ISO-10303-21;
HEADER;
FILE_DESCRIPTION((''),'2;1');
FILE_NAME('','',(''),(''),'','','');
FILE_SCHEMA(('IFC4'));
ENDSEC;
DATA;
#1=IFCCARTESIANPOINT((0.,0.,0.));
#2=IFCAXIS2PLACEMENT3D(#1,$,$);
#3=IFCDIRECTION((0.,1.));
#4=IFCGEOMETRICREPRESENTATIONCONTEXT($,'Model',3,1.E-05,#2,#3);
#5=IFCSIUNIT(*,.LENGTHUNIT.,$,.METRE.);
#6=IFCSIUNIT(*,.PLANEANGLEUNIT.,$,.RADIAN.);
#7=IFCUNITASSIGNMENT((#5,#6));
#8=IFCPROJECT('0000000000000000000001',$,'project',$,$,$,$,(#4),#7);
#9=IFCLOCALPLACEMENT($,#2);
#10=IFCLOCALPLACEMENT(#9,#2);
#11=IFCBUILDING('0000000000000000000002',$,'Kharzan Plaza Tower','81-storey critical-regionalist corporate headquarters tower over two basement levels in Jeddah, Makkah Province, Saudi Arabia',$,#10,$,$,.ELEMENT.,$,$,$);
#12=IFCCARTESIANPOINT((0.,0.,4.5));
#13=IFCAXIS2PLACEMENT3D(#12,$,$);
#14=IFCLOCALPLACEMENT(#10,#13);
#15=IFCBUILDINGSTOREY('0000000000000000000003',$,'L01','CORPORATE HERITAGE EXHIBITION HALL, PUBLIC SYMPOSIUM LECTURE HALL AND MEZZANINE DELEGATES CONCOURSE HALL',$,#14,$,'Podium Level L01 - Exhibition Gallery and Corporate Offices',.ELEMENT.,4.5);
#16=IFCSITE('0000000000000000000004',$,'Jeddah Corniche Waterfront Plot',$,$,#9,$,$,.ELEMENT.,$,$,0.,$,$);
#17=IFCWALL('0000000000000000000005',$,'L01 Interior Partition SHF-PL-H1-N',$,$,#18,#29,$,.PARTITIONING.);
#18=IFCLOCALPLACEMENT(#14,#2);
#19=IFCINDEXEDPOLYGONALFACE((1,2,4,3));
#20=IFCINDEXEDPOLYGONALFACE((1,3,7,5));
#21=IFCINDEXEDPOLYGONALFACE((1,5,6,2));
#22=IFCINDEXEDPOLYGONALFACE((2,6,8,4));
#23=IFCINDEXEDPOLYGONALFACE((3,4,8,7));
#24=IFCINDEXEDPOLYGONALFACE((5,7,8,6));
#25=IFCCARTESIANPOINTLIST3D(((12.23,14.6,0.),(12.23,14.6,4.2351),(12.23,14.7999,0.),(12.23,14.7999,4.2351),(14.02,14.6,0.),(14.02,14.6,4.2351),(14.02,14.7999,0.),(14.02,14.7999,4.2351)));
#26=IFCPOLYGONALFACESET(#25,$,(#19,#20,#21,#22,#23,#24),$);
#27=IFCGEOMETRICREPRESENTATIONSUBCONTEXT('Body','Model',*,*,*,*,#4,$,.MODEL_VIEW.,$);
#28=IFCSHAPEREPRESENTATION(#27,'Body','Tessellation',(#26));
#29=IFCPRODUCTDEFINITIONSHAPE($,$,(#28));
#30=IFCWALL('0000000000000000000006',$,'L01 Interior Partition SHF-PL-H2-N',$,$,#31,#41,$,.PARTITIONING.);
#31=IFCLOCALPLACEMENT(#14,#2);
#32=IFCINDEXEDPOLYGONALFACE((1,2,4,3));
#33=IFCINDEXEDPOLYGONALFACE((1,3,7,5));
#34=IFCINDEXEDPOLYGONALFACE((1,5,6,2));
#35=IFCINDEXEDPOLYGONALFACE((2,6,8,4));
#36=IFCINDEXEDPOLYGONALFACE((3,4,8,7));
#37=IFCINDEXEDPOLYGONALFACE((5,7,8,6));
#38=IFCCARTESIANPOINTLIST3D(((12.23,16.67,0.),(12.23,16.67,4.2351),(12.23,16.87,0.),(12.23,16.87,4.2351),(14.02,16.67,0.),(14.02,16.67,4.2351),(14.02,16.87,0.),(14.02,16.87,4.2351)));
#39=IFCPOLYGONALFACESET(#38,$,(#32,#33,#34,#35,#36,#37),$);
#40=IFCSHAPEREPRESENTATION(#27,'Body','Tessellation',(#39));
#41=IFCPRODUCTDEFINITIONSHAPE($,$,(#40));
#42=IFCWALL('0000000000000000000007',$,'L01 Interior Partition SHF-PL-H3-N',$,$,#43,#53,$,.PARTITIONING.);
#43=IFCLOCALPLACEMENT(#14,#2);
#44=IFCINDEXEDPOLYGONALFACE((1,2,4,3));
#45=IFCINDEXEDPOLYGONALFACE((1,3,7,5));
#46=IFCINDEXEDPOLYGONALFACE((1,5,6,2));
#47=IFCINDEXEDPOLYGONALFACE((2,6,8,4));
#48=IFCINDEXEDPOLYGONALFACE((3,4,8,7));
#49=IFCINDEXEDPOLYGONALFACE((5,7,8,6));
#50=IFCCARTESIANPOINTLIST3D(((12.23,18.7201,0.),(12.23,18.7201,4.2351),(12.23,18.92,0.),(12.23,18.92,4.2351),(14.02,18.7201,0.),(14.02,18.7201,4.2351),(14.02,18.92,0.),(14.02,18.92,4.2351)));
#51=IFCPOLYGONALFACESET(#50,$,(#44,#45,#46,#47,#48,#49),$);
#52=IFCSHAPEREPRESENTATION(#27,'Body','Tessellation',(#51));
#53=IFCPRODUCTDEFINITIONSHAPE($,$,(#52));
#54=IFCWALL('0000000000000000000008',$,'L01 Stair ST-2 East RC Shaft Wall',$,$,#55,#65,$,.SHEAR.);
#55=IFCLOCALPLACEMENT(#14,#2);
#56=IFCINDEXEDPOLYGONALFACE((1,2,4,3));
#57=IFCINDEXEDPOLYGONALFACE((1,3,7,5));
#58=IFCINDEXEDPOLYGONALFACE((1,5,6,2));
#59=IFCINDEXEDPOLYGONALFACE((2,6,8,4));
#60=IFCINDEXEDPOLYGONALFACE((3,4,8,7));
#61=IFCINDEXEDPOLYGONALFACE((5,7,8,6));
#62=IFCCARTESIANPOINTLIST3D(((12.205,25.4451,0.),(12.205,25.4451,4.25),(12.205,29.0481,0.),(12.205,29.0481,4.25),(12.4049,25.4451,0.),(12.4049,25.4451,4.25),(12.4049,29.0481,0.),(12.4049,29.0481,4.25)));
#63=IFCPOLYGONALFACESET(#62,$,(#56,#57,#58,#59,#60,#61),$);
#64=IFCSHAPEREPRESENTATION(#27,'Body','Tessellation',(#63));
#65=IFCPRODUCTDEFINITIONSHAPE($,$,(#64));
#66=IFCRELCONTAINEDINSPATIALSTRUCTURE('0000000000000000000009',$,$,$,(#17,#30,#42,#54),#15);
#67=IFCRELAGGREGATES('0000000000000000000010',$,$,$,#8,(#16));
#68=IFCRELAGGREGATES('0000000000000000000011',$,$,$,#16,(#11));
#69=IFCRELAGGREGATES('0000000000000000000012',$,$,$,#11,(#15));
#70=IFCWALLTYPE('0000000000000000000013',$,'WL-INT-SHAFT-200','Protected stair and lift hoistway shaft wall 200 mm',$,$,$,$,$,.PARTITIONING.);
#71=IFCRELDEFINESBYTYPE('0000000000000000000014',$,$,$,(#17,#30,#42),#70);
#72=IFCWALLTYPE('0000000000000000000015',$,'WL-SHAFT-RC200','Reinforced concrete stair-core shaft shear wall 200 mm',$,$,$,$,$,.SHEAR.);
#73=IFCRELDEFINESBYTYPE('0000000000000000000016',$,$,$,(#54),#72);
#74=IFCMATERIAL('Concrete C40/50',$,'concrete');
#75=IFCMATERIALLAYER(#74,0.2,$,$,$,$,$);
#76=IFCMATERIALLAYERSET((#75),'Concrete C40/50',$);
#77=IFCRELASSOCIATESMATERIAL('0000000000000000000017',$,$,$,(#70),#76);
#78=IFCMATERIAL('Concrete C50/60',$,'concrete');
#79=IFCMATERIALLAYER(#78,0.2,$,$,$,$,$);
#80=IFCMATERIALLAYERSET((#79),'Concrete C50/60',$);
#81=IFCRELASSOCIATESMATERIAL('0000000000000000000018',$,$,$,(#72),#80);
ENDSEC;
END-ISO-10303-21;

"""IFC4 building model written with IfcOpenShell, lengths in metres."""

from ifc_helpers import new_model, si_unit, direction, frame, frame_2d, origin, place, context, subcontext, project, spatial, rectangle, extrude, source, transform, mapped, material, layer, layer_set, type_object, element, save


model = new_model("IFC4")

# Units and contexts
model_context = context("Model", 3, precision=1e-05, world=origin(), true_north=direction((0.0, 1.0)))
body_context = subcontext(model_context, "Body", "Model", "MODEL_VIEW")
ifc_project = project(units=[si_unit("LENGTHUNIT", "METRE"), si_unit("PLANEANGLEUNIT", "RADIAN")], contexts=[model_context])

# Site, building, storey
site_placement = place(None, origin())
site = spatial("IfcSite", under=ifc_project, at=site_placement, Name="Jeddah Corniche Waterfront Plot", CompositionType="ELEMENT", RefElevation=0.0)
building_placement = place(site_placement, origin())
building = spatial("IfcBuilding", under=site, at=building_placement, Name="Kharzan Plaza Tower", Description="81-storey critical-regionalist corporate headquarters tower over two basement levels in Jeddah, Makkah Province, Saudi Arabia", CompositionType="ELEMENT")
storey_placement = place(building_placement, frame((0.0, 0.0, 4.5)))
storey = spatial("IfcBuildingStorey", under=building, at=storey_placement, Name="L01", Description="CORPORATE HERITAGE EXHIBITION HALL, PUBLIC SYMPOSIUM LECTURE HALL AND MEZZANINE DELEGATES CONCOURSE HALL", LongName="Podium Level L01 - Exhibition Gallery and Corporate Offices", CompositionType="ELEMENT", Elevation=4.5)

# Shared definitions
ifc_material_1 = material(Name="Concrete C40/50", Category="concrete")
ifc_layer_1 = layer(ifc_material_1, 0.2)
ifc_layer_set_1 = layer_set([ifc_layer_1], Name="Concrete C40/50")
wall_type_1 = type_object("IfcWallType", Name="WL-INT-SHAFT-200", Description="Protected stair and lift hoistway shaft wall 200 mm", PredefinedType="PARTITIONING", material=ifc_layer_set_1)

# Walls
shared_shape_1 = source(origin(), body_context, "Body", "SweptSolid", [
    extrude(rectangle(XDim=1.79, YDim=0.2, at=frame_2d((0.895, 0.0))), origin(), (0.0, 0.0, 1.0), 4.2351),
])
for number, where, z_axis, x_axis, name in (
    (1, (12.23, 14.7, 0.0), (0.0, 0.0, 1.0), (1.0, 0.0, 0.0), "L01 Interior Partition SHF-PL-H1-N"),
    (2, (12.23, 16.77, 0.0), (0.0, 0.0, 1.0), (1.0, 0.0, 0.0), "L01 Interior Partition SHF-PL-H2-N"),
    (3, (12.23, 18.8201, 0.0), (0.0, 0.0, 1.0), (1.0, 0.0, 0.0), "L01 Interior Partition SHF-PL-H3-N"),
):
    element("IfcWall", number, at=place(storey_placement, frame(where, z_axis=z_axis, x_axis=x_axis)), inside=storey, type_object=wall_type_1, Name=name, PredefinedType="PARTITIONING", context=body_context, shape_type="MappedRepresentation", body=[
        mapped(shared_shape_1, transform((0.0, 0.0, 0.0), x_axis=(1.0, 0.0, 0.0), y_axis=(0.0, 1.0, 0.0), z_axis=(0.0, 0.0, 1.0))),
    ])
ifc_material_2 = material(Name="Concrete C50/60", Category="concrete")
ifc_layer_2 = layer(ifc_material_2, 0.2)
ifc_layer_set_2 = layer_set([ifc_layer_2], Name="Concrete C50/60")
wall_type_2 = type_object("IfcWallType", Name="WL-SHAFT-RC200", Description="Reinforced concrete stair-core shaft shear wall 200 mm", PredefinedType="SHEAR", material=ifc_layer_set_2)
shared_shape_2 = source(origin(), body_context, "Body", "SweptSolid", [
    extrude(rectangle(XDim=3.603, YDim=0.2, at=frame_2d((1.8015, 0.0))), origin(), (0.0, 0.0, 1.0), 4.25),
])
wall_1_placement = place(storey_placement, frame((12.3049, 25.4451, 0.0), z_axis=(0.0, 0.0, 1.0), x_axis=(0.0, 1.0, 0.0)))
element("IfcWall", 4, at=wall_1_placement, inside=storey, type_object=wall_type_2, Name="L01 Stair ST-2 East RC Shaft Wall", PredefinedType="SHEAR", context=body_context, shape_type="MappedRepresentation", body=[
    mapped(shared_shape_2, transform((0.0, 0.0, 0.0), x_axis=(1.0, 0.0, 0.0), y_axis=(0.0, 1.0, 0.0), z_axis=(0.0, 0.0, 1.0))),
])

save(model, "model.ifc")
